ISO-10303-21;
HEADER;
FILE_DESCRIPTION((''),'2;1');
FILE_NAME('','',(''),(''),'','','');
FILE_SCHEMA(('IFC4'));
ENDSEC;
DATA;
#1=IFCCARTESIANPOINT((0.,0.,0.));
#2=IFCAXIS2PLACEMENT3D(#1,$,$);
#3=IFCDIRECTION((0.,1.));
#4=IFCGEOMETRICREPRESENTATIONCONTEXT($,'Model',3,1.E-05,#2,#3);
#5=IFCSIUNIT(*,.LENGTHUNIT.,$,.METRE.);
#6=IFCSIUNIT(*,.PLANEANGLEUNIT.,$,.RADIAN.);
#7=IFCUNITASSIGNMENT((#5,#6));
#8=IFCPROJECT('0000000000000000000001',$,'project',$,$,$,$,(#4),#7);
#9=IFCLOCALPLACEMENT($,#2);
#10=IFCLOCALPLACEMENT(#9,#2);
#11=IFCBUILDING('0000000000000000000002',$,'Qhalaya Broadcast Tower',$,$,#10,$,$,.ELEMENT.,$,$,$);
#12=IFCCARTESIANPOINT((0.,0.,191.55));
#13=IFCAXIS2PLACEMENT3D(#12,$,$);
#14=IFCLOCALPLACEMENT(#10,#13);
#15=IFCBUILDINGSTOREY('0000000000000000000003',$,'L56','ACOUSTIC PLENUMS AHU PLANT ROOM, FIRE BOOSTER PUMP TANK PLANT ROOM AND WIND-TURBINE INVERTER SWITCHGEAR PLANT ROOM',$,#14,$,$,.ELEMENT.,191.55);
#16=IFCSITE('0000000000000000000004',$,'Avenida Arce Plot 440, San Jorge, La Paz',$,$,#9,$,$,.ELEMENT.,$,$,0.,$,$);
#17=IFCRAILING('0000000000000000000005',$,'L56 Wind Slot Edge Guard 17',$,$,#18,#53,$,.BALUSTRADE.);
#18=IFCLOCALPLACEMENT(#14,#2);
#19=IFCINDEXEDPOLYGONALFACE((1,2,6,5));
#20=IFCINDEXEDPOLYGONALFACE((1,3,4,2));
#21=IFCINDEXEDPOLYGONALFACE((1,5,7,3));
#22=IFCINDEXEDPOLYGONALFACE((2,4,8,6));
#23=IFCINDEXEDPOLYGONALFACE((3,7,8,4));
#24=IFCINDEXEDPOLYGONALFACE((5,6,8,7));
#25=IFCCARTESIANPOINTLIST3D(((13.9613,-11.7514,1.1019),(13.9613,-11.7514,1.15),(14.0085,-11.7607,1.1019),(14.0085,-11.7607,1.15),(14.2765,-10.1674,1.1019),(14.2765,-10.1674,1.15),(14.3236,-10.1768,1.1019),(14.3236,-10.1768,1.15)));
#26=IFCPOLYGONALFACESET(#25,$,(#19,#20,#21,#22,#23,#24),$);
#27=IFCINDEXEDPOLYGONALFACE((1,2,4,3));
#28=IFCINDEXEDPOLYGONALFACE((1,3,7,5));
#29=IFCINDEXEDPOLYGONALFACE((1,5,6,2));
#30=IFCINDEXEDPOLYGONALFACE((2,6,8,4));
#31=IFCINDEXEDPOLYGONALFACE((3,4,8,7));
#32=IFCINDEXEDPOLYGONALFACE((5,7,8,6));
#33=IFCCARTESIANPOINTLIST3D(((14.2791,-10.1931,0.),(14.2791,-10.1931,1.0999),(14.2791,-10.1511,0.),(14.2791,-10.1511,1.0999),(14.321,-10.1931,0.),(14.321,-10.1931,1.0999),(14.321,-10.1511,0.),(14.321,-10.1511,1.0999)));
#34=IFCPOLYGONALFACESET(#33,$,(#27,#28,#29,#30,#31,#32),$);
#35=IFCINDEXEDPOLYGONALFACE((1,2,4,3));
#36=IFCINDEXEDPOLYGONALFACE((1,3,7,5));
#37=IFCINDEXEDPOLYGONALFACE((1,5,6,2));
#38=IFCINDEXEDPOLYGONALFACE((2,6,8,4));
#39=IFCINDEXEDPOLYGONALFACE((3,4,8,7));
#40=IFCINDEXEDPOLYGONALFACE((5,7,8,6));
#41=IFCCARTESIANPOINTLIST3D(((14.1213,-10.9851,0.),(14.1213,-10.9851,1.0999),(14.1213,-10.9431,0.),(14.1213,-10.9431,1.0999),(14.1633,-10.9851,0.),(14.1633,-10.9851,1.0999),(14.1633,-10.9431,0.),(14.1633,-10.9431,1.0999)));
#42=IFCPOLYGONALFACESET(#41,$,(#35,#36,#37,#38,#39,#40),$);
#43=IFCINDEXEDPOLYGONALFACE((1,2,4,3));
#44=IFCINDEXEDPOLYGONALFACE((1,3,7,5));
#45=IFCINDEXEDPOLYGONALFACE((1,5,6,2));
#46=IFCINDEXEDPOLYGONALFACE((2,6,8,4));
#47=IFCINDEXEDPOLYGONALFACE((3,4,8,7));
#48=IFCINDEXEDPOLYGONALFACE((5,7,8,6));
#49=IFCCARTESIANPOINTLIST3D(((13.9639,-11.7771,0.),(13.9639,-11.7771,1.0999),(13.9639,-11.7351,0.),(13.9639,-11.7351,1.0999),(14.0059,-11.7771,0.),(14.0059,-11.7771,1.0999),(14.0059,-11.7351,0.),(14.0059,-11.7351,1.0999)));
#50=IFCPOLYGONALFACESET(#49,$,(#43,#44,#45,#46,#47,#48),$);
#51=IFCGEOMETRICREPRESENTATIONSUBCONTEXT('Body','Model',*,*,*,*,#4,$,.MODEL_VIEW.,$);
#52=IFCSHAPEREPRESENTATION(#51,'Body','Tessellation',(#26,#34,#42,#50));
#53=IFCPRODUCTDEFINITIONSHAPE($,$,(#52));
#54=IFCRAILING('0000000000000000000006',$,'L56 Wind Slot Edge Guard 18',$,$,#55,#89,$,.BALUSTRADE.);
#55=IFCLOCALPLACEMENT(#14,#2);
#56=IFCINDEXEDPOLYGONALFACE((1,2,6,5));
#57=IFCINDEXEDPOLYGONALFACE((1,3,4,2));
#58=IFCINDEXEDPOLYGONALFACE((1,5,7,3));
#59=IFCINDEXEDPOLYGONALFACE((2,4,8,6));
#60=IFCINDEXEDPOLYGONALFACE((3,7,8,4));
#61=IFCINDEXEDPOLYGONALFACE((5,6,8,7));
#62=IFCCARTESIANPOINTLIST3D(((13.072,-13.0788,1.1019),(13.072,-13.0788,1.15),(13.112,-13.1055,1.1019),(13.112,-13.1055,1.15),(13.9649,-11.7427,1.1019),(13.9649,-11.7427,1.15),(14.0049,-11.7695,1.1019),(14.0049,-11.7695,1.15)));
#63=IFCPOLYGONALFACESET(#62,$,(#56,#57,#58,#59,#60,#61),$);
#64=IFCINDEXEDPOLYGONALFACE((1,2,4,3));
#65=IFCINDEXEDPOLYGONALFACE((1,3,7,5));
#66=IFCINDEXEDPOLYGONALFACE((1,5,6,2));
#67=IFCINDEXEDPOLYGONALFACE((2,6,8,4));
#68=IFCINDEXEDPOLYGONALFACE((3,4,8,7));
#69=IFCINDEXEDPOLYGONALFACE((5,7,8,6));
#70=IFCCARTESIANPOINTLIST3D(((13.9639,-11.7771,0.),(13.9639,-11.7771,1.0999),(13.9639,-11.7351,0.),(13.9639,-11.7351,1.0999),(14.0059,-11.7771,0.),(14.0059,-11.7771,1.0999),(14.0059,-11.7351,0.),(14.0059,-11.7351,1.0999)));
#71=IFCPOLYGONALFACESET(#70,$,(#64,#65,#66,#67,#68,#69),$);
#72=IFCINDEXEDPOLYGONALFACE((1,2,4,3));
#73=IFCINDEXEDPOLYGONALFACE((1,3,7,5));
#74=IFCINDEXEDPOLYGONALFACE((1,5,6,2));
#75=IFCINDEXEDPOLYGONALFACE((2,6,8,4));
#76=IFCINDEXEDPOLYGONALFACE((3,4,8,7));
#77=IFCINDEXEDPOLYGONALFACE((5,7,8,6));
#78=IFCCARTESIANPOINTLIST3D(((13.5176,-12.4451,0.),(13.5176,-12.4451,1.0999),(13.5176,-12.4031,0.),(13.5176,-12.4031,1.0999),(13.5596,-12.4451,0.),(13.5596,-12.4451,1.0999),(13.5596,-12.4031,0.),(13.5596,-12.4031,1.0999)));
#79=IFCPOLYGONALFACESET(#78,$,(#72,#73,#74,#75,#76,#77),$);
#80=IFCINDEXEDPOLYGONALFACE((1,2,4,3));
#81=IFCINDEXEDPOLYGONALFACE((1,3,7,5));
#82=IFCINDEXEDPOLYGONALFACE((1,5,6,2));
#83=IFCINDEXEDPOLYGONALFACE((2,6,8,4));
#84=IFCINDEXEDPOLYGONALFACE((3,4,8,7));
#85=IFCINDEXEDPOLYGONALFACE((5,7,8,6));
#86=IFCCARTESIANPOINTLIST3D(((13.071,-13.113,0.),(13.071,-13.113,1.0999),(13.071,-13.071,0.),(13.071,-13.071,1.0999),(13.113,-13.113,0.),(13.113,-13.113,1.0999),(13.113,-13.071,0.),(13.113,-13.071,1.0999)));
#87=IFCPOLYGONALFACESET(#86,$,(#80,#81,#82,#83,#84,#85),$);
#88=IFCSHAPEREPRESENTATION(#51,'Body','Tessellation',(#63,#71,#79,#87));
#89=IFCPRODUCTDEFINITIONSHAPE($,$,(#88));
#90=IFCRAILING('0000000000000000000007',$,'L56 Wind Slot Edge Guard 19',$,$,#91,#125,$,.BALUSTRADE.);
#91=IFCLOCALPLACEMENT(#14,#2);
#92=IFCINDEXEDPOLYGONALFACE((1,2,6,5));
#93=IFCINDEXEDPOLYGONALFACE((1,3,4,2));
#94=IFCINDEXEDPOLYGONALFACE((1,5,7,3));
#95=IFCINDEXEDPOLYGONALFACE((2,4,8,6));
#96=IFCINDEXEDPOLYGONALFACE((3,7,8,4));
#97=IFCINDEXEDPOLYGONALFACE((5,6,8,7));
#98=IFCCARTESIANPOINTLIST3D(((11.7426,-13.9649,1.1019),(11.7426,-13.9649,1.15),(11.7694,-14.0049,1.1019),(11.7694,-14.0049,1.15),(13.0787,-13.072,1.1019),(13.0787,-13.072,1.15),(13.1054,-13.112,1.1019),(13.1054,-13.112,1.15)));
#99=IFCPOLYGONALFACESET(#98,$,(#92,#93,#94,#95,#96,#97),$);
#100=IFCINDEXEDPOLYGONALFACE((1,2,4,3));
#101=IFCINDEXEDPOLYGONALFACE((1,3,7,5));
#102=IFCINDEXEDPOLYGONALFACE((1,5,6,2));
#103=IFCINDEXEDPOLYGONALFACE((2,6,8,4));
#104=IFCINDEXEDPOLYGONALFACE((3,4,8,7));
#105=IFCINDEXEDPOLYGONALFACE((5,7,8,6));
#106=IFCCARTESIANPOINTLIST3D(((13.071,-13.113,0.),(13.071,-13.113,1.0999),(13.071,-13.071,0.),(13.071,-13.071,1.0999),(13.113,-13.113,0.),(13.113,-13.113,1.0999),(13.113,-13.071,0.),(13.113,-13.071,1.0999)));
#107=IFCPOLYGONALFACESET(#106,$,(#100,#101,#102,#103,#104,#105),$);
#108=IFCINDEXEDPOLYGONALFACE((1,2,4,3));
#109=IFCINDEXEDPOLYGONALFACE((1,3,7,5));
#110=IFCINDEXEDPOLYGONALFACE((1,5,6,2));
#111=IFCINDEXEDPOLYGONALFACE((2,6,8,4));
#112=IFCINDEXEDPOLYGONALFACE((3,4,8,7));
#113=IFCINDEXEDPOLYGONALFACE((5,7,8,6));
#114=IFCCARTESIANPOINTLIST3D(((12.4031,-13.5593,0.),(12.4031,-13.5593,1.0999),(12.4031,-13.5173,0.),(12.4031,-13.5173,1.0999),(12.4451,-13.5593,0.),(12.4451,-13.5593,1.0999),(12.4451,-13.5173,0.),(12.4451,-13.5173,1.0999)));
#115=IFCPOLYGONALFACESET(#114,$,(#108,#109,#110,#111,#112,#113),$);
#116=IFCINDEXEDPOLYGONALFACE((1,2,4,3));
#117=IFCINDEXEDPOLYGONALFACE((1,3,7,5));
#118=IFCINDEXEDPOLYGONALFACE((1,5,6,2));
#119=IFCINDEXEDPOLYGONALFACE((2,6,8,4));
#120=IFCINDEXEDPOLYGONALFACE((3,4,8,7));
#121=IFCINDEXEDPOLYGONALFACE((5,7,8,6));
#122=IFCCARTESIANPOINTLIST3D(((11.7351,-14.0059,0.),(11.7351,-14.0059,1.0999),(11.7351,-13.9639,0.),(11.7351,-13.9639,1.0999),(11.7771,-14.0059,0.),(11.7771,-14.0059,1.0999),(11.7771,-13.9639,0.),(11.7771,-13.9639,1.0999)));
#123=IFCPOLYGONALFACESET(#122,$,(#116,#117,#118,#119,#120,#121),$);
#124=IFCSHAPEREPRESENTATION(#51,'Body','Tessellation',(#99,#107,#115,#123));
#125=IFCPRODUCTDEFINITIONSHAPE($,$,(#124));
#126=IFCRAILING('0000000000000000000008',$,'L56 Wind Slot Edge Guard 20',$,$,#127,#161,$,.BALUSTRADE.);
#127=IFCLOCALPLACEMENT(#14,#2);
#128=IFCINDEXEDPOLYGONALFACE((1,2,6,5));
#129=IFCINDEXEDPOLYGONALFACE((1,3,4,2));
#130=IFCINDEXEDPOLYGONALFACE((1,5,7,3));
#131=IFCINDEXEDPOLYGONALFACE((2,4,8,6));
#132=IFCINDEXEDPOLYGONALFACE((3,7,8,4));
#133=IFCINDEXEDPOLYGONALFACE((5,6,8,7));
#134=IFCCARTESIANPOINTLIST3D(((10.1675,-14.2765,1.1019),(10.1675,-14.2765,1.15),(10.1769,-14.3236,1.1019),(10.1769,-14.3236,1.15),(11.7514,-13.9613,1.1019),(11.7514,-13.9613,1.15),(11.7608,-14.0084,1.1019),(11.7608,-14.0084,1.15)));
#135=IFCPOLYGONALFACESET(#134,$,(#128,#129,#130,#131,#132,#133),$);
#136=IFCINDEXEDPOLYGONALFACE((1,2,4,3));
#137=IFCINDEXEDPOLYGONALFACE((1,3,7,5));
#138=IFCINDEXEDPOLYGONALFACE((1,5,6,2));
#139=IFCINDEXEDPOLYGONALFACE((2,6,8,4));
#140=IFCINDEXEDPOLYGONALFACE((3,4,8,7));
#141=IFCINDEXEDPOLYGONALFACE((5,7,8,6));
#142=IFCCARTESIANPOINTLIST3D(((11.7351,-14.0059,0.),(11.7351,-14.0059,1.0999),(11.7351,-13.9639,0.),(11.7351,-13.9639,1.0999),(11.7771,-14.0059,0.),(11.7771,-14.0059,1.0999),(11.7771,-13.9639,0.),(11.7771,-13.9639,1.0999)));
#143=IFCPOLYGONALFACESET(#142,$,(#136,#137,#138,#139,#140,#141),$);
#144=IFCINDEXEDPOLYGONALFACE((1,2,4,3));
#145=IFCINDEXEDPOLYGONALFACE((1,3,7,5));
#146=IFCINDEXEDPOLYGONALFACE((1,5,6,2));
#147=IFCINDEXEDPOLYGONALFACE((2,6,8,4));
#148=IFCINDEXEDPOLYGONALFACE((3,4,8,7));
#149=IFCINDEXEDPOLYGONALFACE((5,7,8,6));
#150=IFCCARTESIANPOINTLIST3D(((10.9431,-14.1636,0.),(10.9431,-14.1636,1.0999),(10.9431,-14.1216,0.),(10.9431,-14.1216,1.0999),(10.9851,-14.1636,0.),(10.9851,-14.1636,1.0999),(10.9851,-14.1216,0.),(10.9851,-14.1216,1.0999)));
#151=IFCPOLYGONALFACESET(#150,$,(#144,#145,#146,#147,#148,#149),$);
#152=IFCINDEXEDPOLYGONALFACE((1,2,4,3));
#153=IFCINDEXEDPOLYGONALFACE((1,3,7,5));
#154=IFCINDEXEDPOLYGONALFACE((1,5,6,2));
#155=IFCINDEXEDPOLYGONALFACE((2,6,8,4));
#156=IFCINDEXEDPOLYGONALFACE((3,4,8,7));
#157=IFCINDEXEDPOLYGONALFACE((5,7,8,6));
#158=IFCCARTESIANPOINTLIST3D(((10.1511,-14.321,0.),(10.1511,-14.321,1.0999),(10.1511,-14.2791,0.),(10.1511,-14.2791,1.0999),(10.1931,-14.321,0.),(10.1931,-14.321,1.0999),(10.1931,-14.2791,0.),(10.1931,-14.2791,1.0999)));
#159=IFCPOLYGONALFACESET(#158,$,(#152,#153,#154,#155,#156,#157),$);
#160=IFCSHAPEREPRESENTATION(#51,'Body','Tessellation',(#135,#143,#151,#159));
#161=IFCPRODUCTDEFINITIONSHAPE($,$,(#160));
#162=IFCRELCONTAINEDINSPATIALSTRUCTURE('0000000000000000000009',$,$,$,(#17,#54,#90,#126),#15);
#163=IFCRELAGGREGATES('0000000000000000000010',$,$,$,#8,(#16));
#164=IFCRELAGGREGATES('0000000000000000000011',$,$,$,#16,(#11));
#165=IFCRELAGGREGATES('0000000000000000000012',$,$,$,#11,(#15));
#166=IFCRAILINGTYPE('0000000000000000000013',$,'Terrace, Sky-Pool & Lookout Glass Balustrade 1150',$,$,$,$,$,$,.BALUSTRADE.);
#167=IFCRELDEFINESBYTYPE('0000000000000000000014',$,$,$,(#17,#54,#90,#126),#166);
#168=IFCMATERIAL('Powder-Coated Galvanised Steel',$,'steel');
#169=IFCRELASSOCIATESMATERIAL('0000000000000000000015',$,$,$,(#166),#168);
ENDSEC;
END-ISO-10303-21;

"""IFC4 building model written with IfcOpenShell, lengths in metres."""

from ifc_helpers import new_model, si_unit, direction, frame, origin, origin_2d, place, context, subcontext, project, spatial, rectangle, extrude, material, type_object, element, save


model = new_model("IFC4")

# Units and contexts
model_context = context("Model", 3, precision=1e-05, world=origin(), true_north=direction((0.0, 1.0)))
body_context = subcontext(model_context, "Body", "Model", "MODEL_VIEW")
ifc_project = project(units=[si_unit("LENGTHUNIT", "METRE"), si_unit("PLANEANGLEUNIT", "RADIAN")], contexts=[model_context])

# Site, building, storey
site_placement = place(None, origin())
site = spatial("IfcSite", under=ifc_project, at=site_placement, Name="Avenida Arce Plot 440, San Jorge, La Paz", CompositionType="ELEMENT", RefElevation=0.0)
building_placement = place(site_placement, origin())
building = spatial("IfcBuilding", under=site, at=building_placement, Name="Qhalaya Broadcast Tower", CompositionType="ELEMENT")
storey_placement = place(building_placement, frame((0.0, 0.0, 191.55)))
storey = spatial("IfcBuildingStorey", under=building, at=storey_placement, Name="L56", Description="ACOUSTIC PLENUMS AHU PLANT ROOM, FIRE BOOSTER PUMP TANK PLANT ROOM AND WIND-TURBINE INVERTER SWITCHGEAR PLANT ROOM", CompositionType="ELEMENT", Elevation=191.55)

# Railings
ifc_material_1 = material(Name="Powder-Coated Galvanised Steel", Category="steel")
railing_type = type_object("IfcRailingType", Name="Terrace, Sky-Pool & Lookout Glass Balustrade 1150", PredefinedType="BALUSTRADE", material=ifc_material_1)
railing_1_placement = place(storey_placement, frame((14.3, -10.1721, 0.0)))
element("IfcRailing", 1, at=railing_1_placement, inside=storey, type_object=railing_type, Name="L56 Wind Slot Edge Guard 17", PredefinedType="BALUSTRADE", context=body_context, shape_type="SweptSolid", body=[
    extrude(rectangle(XDim=0.0481, YDim=0.0481, at=origin_2d()), frame((0.0, 0.0, 1.126), z_axis=(-0.195157, -0.980772, 0.0), x_axis=(0.980772, -0.195157, 0.0)), (0.0, 0.0, 1.0), 1.615),
    extrude(rectangle(XDim=0.042, YDim=0.042, at=origin_2d()), origin(), (0.0, 0.0, 1.0), 1.0999),
    extrude(rectangle(XDim=0.042, YDim=0.042, at=origin_2d()), frame((-0.1577, -0.792, 0.0)), (0.0, 0.0, 1.0), 1.0999),
    extrude(rectangle(XDim=0.042, YDim=0.042, at=origin_2d()), frame((-0.3152, -1.584, 0.0)), (0.0, 0.0, 1.0), 1.0999),
])
railing_2_placement = place(storey_placement, frame((13.9849, -11.7561, 0.0)))
element("IfcRailing", 2, at=railing_2_placement, inside=storey, type_object=railing_type, Name="L56 Wind Slot Edge Guard 18", PredefinedType="BALUSTRADE", context=body_context, shape_type="SweptSolid", body=[
    extrude(rectangle(XDim=0.0481, YDim=0.0481, at=origin_2d()), frame((0.0, 0.0, 1.126), z_axis=(-0.555647, -0.831419, 0.0), x_axis=(0.831419, -0.555647, 0.0)), (0.0, 0.0, 1.0), 1.6069),
    extrude(rectangle(XDim=0.042, YDim=0.042, at=origin_2d()), origin(), (0.0, 0.0, 1.0), 1.0999),
    extrude(rectangle(XDim=0.042, YDim=0.042, at=origin_2d()), frame((-0.4463, -0.668, 0.0)), (0.0, 0.0, 1.0), 1.0999),
    extrude(rectangle(XDim=0.042, YDim=0.042, at=origin_2d()), frame((-0.8928, -1.3359, 0.0)), (0.0, 0.0, 1.0), 1.0999),
])
railing_3_placement = place(storey_placement, frame((13.092, -13.092, 0.0)))
element("IfcRailing", 3, at=railing_3_placement, inside=storey, type_object=railing_type, Name="L56 Wind Slot Edge Guard 19", PredefinedType="BALUSTRADE", context=body_context, shape_type="SweptSolid", body=[
    extrude(rectangle(XDim=0.0481, YDim=0.0481, at=origin_2d()), frame((0.0, 0.0, 1.126), z_axis=(-0.831419, -0.555647, 0.0), x_axis=(0.555647, -0.831419, 0.0)), (0.0, 0.0, 1.0), 1.6069),
    extrude(rectangle(XDim=0.042, YDim=0.042, at=origin_2d()), origin(), (0.0, 0.0, 1.0), 1.0999),
    extrude(rectangle(XDim=0.042, YDim=0.042, at=origin_2d()), frame((-0.668, -0.4463, 0.0)), (0.0, 0.0, 1.0), 1.0999),
    extrude(rectangle(XDim=0.042, YDim=0.042, at=origin_2d()), frame((-1.3359, -0.8928, 0.0)), (0.0, 0.0, 1.0), 1.0999),
])
railing_4_placement = place(storey_placement, frame((11.7561, -13.9849, 0.0)))
element("IfcRailing", 4, at=railing_4_placement, inside=storey, type_object=railing_type, Name="L56 Wind Slot Edge Guard 20", PredefinedType="BALUSTRADE", context=body_context, shape_type="SweptSolid", body=[
    extrude(rectangle(XDim=0.0481, YDim=0.0481, at=origin_2d()), frame((0.0, 0.0, 1.126), z_axis=(-0.980772, -0.195157, 0.0), x_axis=(0.195157, -0.980772, 0.0)), (0.0, 0.0, 1.0), 1.615),
    extrude(rectangle(XDim=0.042, YDim=0.042, at=origin_2d()), origin(), (0.0, 0.0, 1.0), 1.0999),
    extrude(rectangle(XDim=0.042, YDim=0.042, at=origin_2d()), frame((-0.792, -0.1577, 0.0)), (0.0, 0.0, 1.0), 1.0999),
    extrude(rectangle(XDim=0.042, YDim=0.042, at=origin_2d()), frame((-1.584, -0.3152, 0.0)), (0.0, 0.0, 1.0), 1.0999),
])

save(model, "model.ifc")
